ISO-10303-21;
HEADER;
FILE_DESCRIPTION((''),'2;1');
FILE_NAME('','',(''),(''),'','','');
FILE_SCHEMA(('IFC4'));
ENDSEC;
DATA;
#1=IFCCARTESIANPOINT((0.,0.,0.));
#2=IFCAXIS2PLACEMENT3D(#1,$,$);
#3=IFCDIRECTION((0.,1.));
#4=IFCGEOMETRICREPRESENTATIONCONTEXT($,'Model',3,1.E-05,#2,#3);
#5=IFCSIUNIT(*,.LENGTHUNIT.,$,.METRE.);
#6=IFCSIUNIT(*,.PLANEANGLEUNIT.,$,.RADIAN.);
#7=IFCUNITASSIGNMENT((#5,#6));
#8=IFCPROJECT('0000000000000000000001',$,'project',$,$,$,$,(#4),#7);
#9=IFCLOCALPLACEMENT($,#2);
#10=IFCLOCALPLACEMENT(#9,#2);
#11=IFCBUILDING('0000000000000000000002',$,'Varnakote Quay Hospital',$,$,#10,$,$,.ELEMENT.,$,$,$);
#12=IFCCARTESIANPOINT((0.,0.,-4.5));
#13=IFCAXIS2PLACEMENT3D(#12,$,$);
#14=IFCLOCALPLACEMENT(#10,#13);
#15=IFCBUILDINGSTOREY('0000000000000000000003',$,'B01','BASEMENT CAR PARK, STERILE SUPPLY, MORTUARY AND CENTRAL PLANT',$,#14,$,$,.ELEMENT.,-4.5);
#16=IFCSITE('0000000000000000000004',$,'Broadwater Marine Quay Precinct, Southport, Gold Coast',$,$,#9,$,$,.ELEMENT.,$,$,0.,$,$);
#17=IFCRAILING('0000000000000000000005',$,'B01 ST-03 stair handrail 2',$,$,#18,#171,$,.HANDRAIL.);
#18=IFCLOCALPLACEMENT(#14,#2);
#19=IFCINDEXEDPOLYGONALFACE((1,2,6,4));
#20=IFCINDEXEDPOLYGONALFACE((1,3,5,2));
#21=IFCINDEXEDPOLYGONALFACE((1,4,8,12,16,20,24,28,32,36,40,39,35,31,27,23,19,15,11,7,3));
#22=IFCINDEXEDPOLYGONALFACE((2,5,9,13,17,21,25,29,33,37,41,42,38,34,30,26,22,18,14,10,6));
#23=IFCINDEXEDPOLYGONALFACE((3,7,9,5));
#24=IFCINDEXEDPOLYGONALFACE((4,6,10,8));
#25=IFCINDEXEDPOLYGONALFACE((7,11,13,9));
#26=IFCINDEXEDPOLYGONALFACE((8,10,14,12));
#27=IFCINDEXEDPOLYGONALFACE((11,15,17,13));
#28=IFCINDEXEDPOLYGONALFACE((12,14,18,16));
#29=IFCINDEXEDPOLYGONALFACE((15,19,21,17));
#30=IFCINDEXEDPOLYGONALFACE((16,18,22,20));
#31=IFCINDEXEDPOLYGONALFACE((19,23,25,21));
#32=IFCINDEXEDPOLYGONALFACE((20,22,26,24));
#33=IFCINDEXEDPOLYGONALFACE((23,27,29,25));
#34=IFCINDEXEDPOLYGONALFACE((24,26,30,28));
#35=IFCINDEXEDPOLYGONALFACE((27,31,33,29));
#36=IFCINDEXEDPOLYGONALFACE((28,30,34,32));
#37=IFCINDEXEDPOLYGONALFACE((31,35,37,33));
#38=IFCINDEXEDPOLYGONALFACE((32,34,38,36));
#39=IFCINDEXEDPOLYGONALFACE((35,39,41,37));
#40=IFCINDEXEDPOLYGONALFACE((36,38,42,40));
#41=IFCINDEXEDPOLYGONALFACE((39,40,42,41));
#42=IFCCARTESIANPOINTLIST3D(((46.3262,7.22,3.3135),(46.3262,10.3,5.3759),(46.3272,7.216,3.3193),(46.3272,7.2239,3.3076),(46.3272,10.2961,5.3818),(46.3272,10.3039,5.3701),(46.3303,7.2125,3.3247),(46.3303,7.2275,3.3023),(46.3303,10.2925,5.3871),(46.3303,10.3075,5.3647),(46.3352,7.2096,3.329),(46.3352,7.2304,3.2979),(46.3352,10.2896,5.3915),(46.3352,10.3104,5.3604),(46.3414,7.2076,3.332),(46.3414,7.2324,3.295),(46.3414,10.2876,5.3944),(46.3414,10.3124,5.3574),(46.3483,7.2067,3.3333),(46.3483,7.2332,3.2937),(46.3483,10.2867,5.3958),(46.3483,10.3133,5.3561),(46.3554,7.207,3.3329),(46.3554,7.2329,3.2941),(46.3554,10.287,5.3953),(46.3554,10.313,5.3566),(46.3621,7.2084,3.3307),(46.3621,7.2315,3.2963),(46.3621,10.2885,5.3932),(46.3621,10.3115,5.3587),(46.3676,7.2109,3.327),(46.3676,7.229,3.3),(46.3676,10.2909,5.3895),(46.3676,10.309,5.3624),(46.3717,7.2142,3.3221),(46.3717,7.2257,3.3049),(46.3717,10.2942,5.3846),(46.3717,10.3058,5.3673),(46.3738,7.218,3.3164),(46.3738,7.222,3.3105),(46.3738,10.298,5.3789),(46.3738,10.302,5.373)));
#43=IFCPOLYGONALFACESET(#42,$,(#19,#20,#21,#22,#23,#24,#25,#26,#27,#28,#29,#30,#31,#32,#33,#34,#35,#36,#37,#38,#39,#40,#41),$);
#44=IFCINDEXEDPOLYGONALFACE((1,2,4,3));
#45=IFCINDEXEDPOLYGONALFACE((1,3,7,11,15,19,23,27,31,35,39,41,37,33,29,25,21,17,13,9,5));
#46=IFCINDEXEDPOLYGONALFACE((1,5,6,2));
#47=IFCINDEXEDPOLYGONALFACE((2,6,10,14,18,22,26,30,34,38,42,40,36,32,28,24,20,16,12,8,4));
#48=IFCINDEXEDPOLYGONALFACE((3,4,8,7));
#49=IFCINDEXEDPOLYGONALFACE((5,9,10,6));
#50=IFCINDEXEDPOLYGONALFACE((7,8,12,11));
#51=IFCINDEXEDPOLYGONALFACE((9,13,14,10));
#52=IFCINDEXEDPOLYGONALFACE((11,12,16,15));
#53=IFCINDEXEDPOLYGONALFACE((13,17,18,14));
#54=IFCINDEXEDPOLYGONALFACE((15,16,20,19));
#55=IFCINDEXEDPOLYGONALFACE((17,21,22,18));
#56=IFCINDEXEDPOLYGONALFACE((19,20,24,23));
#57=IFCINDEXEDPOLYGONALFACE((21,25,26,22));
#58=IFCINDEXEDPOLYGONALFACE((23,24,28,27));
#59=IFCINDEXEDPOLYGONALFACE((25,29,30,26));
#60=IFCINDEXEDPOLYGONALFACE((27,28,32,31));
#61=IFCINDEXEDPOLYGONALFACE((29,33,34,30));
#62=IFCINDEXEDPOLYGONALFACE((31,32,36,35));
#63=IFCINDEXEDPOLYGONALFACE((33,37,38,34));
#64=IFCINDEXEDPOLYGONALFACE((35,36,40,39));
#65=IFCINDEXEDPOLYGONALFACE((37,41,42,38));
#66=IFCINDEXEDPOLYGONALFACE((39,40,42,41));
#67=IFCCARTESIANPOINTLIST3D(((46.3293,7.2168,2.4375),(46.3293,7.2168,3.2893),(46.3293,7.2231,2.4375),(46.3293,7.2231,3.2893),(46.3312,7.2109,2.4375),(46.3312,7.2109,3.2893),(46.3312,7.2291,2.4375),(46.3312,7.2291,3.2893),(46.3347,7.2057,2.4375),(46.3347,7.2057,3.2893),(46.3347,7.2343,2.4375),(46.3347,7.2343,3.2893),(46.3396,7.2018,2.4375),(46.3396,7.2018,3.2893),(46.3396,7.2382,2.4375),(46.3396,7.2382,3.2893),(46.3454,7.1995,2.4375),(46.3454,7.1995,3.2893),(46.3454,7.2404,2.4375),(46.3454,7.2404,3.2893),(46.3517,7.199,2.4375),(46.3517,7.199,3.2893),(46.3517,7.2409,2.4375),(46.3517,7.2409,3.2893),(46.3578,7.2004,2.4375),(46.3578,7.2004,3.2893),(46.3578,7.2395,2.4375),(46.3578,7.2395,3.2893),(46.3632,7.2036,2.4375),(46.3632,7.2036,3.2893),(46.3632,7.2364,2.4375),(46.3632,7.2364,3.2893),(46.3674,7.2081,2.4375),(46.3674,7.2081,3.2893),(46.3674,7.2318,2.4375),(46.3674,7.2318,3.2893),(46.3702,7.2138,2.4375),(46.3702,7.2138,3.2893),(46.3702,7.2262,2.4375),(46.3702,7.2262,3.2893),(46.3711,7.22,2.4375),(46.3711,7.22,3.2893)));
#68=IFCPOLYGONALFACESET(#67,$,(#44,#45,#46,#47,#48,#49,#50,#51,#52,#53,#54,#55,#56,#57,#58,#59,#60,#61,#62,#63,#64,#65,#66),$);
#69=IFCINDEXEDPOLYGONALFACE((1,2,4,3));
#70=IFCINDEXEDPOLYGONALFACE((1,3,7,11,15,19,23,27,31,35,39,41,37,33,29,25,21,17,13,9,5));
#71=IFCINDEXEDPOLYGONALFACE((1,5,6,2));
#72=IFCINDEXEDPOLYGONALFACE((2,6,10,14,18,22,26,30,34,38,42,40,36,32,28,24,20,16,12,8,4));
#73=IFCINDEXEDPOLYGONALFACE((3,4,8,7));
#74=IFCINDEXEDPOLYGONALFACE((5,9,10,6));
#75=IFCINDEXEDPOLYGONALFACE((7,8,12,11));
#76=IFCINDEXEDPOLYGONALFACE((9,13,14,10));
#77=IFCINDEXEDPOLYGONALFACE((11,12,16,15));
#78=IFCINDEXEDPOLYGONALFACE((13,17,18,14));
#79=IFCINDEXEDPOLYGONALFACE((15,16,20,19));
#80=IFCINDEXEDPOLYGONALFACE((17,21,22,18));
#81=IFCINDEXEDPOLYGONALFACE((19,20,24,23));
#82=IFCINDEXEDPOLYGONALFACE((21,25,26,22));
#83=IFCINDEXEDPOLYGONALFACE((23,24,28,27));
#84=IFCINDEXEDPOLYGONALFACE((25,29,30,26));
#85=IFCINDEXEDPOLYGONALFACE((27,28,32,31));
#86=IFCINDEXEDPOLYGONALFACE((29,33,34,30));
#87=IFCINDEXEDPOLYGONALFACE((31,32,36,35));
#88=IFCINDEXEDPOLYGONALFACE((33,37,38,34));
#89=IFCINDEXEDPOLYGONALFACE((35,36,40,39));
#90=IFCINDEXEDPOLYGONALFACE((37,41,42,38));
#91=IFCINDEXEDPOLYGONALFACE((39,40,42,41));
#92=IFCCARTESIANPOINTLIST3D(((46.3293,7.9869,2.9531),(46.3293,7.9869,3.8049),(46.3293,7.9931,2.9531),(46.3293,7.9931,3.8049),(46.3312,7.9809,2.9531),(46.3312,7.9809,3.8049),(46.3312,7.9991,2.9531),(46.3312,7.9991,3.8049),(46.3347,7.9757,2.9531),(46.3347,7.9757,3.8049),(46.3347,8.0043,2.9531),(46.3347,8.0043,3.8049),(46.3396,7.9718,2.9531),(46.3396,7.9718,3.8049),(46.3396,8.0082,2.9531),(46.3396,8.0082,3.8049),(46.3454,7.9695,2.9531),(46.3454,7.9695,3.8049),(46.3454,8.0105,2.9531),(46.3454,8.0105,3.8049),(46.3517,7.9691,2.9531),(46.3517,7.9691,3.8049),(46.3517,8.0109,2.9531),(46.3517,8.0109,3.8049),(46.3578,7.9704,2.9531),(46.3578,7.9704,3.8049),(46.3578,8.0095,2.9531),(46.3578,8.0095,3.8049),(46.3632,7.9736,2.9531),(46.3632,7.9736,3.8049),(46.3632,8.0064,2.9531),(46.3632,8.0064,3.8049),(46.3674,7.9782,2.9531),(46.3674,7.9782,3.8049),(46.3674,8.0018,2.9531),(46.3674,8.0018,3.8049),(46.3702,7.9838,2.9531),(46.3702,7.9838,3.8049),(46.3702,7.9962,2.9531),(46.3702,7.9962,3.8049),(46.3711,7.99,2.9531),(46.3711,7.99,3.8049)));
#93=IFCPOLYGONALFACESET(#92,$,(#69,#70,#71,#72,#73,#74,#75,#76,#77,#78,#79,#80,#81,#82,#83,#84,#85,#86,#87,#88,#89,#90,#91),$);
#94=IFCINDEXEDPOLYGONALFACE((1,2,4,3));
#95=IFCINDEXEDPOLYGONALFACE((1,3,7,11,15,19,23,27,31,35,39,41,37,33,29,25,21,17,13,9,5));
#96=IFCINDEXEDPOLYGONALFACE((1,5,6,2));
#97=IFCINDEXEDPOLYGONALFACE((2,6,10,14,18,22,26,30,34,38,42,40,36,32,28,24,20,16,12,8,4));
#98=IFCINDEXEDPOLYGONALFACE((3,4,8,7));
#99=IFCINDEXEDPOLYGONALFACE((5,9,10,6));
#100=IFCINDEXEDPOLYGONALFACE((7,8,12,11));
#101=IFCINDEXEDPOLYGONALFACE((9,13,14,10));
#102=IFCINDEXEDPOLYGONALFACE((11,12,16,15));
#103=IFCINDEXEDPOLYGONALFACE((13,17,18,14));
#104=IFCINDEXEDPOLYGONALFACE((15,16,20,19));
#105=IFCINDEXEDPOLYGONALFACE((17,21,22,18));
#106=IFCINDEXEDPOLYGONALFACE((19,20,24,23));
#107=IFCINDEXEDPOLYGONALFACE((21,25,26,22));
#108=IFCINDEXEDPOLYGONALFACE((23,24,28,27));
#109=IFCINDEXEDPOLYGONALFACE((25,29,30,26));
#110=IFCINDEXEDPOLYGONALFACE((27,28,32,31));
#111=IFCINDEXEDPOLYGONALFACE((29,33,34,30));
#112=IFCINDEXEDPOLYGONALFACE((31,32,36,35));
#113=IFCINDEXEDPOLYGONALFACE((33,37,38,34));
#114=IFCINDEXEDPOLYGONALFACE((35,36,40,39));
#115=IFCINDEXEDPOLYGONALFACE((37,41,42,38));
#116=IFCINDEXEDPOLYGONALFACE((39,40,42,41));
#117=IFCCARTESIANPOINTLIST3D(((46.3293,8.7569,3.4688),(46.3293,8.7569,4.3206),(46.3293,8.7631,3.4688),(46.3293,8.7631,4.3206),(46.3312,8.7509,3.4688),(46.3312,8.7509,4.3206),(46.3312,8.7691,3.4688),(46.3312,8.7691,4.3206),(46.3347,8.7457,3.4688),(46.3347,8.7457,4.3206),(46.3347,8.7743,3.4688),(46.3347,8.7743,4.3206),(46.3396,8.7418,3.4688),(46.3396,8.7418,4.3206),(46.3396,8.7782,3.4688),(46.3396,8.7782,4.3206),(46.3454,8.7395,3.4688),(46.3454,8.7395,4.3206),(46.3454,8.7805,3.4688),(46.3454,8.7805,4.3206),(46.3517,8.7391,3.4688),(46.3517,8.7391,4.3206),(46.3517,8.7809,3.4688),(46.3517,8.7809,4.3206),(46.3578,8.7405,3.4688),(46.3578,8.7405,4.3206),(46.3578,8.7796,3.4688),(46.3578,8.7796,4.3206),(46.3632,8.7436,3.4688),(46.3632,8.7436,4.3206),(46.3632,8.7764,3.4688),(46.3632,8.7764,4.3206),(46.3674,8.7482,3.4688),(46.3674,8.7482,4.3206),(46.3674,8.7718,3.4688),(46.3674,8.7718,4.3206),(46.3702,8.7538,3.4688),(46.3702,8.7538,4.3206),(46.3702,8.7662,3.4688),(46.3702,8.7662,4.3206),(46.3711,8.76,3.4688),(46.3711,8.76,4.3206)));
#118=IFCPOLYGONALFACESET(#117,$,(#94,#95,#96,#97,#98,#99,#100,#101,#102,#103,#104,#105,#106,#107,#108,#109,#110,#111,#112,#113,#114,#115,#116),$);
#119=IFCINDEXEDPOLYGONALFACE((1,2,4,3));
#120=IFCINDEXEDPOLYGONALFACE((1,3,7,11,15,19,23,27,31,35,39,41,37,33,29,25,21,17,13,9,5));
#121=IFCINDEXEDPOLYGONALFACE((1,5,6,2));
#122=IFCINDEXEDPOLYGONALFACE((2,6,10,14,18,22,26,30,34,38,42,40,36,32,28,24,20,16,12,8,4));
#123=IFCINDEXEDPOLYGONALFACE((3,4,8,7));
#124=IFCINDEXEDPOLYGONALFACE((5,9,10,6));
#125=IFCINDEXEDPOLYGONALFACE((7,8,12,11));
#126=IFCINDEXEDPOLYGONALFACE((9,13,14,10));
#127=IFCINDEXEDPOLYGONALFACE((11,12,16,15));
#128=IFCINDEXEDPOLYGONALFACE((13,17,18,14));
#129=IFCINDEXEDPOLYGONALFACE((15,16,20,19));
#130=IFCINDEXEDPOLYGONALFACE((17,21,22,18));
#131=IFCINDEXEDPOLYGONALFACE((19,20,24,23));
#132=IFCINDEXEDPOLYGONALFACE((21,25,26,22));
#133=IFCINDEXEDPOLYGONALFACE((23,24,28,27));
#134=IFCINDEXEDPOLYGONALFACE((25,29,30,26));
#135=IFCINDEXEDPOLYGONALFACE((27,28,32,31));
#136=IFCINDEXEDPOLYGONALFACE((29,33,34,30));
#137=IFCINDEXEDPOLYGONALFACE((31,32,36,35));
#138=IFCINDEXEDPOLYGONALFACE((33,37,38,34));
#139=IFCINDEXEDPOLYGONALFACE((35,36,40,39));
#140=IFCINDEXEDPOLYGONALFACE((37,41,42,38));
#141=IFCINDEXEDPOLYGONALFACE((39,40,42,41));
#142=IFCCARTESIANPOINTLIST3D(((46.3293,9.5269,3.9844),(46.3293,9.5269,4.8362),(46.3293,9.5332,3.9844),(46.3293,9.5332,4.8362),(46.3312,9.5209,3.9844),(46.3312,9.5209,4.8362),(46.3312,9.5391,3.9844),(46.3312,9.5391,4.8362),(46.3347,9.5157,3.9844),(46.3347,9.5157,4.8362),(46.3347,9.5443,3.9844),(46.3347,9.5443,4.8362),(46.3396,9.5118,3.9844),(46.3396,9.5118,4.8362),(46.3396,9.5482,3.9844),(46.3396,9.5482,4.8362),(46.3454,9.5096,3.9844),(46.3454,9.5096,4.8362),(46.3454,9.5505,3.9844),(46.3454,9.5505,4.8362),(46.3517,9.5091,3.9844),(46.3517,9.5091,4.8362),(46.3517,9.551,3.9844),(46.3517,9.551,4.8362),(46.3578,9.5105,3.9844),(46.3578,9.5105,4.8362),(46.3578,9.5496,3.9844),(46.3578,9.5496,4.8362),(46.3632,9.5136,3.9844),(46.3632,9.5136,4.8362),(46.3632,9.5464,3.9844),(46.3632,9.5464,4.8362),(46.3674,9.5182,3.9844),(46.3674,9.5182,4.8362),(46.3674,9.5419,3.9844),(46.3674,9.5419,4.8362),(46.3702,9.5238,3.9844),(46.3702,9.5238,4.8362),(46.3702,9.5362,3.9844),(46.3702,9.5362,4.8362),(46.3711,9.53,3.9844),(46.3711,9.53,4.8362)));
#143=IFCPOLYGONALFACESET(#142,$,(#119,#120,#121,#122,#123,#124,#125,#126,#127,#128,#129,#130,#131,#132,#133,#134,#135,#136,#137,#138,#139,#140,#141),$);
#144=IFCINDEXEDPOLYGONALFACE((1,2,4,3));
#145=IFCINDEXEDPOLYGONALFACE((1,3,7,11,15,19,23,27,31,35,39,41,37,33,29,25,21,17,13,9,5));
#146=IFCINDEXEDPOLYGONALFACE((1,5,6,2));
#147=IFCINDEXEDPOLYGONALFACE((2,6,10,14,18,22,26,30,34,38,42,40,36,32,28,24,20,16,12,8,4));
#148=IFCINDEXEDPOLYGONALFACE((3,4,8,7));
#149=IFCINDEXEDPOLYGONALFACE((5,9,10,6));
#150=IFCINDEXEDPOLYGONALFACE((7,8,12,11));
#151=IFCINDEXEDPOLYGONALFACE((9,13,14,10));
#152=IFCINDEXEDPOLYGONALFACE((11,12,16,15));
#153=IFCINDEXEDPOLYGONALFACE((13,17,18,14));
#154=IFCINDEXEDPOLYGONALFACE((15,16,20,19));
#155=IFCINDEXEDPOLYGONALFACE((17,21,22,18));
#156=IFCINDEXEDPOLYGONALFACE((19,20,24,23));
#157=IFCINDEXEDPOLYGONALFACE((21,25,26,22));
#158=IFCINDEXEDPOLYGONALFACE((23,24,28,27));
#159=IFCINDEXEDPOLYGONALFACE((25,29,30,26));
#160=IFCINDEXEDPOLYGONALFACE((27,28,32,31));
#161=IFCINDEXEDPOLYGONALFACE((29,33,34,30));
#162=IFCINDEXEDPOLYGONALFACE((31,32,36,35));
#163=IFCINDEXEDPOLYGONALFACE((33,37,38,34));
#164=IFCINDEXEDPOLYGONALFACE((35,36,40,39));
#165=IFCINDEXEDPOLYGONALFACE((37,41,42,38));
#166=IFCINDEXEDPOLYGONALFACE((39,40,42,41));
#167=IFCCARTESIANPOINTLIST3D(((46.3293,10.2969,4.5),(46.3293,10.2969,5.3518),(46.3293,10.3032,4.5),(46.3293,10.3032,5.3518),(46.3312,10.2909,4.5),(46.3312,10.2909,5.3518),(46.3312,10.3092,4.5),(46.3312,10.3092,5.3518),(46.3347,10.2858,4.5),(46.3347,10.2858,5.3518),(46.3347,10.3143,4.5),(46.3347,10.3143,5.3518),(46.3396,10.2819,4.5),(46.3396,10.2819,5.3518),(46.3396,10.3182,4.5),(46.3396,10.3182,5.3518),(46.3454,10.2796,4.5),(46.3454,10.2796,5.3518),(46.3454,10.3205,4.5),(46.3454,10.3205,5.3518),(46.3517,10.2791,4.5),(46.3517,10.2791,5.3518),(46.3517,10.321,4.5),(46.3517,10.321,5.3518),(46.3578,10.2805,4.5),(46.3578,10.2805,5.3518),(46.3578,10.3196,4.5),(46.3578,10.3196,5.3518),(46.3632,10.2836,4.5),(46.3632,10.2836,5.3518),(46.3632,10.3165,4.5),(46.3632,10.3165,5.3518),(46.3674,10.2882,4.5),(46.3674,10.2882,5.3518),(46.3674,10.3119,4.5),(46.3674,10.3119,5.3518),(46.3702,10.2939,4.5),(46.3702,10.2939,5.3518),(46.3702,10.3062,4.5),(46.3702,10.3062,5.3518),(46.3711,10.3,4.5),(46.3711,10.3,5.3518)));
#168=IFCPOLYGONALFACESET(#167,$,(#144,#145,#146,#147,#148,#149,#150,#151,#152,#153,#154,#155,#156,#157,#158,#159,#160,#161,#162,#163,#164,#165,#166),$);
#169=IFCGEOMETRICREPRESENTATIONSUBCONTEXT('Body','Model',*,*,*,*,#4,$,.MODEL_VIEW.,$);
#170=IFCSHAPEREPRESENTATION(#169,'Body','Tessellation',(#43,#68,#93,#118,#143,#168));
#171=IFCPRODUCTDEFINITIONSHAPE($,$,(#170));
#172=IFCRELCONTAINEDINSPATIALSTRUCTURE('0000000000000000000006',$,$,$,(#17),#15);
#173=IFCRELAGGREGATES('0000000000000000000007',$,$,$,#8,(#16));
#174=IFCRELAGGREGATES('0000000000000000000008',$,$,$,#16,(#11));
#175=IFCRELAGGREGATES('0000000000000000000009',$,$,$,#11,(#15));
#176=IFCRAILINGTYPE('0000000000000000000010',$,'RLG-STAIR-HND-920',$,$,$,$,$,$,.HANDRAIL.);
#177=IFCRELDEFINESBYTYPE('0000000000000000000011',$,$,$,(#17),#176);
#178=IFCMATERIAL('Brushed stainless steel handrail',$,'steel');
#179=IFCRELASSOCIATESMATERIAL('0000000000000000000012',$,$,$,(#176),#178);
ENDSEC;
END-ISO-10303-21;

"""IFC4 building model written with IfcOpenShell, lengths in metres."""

from ifc_helpers import new_model, si_unit, direction, frame, origin, origin_2d, place, context, subcontext, project, spatial, circle, extrude, material, type_object, element, save


model = new_model("IFC4")

# Units and contexts
model_context = context("Model", 3, precision=1e-05, world=origin(), true_north=direction((0.0, 1.0)))
body_context = subcontext(model_context, "Body", "Model", "MODEL_VIEW")
ifc_project = project(units=[si_unit("LENGTHUNIT", "METRE"), si_unit("PLANEANGLEUNIT", "RADIAN")], contexts=[model_context])

# Site, building, storey
site_placement = place(None, origin())
site = spatial("IfcSite", under=ifc_project, at=site_placement, Name="Broadwater Marine Quay Precinct, Southport, Gold Coast", CompositionType="ELEMENT", RefElevation=0.0)
building_placement = place(site_placement, origin())
building = spatial("IfcBuilding", under=site, at=building_placement, Name="Varnakote Quay Hospital", CompositionType="ELEMENT")
storey_placement = place(building_placement, frame((0.0, 0.0, -4.5)))
storey = spatial("IfcBuildingStorey", under=building, at=storey_placement, Name="B01", Description="BASEMENT CAR PARK, STERILE SUPPLY, MORTUARY AND CENTRAL PLANT", CompositionType="ELEMENT", Elevation=-4.5)

# Railing
ifc_material_1 = material(Name="Brushed stainless steel handrail", Category="steel")
railing_type_1 = type_object("IfcRailingType", Name="RLG-STAIR-HND-920", PredefinedType="HANDRAIL", material=ifc_material_1)
railing_1_placement = place(storey_placement, frame((46.3501, 7.22, 2.4375)))
element("IfcRailing", 1, at=railing_1_placement, inside=storey, type_object=railing_type_1, Name="B01 ST-03 stair handrail 2", PredefinedType="HANDRAIL", context=body_context, shape_type="SweptSolid", body=[
    extrude(circle(Radius=0.0239, at=origin_2d()), frame((0.0, 0.0, 0.876), z_axis=(0.0, 0.830914, 0.556401), x_axis=(-1.0, 0.0, 0.0)), (0.0, 0.0, 1.0), 3.7068),
    extrude(circle(Radius=0.021, at=origin_2d()), origin(), (0.0, 0.0, 1.0), 0.8518),
    extrude(circle(Radius=0.021, at=origin_2d()), frame((0.0, 0.77, 0.5156)), (0.0, 0.0, 1.0), 0.8518),
    extrude(circle(Radius=0.021, at=origin_2d()), frame((0.0, 1.54, 1.0312)), (0.0, 0.0, 1.0), 0.8518),
    extrude(circle(Radius=0.021, at=origin_2d()), frame((0.0, 2.3101, 1.5469)), (0.0, 0.0, 1.0), 0.8518),
    extrude(circle(Radius=0.021, at=origin_2d()), frame((0.0, 3.0801, 2.0625)), (0.0, 0.0, 1.0), 0.8518),
])

save(model, "model.ifc")
